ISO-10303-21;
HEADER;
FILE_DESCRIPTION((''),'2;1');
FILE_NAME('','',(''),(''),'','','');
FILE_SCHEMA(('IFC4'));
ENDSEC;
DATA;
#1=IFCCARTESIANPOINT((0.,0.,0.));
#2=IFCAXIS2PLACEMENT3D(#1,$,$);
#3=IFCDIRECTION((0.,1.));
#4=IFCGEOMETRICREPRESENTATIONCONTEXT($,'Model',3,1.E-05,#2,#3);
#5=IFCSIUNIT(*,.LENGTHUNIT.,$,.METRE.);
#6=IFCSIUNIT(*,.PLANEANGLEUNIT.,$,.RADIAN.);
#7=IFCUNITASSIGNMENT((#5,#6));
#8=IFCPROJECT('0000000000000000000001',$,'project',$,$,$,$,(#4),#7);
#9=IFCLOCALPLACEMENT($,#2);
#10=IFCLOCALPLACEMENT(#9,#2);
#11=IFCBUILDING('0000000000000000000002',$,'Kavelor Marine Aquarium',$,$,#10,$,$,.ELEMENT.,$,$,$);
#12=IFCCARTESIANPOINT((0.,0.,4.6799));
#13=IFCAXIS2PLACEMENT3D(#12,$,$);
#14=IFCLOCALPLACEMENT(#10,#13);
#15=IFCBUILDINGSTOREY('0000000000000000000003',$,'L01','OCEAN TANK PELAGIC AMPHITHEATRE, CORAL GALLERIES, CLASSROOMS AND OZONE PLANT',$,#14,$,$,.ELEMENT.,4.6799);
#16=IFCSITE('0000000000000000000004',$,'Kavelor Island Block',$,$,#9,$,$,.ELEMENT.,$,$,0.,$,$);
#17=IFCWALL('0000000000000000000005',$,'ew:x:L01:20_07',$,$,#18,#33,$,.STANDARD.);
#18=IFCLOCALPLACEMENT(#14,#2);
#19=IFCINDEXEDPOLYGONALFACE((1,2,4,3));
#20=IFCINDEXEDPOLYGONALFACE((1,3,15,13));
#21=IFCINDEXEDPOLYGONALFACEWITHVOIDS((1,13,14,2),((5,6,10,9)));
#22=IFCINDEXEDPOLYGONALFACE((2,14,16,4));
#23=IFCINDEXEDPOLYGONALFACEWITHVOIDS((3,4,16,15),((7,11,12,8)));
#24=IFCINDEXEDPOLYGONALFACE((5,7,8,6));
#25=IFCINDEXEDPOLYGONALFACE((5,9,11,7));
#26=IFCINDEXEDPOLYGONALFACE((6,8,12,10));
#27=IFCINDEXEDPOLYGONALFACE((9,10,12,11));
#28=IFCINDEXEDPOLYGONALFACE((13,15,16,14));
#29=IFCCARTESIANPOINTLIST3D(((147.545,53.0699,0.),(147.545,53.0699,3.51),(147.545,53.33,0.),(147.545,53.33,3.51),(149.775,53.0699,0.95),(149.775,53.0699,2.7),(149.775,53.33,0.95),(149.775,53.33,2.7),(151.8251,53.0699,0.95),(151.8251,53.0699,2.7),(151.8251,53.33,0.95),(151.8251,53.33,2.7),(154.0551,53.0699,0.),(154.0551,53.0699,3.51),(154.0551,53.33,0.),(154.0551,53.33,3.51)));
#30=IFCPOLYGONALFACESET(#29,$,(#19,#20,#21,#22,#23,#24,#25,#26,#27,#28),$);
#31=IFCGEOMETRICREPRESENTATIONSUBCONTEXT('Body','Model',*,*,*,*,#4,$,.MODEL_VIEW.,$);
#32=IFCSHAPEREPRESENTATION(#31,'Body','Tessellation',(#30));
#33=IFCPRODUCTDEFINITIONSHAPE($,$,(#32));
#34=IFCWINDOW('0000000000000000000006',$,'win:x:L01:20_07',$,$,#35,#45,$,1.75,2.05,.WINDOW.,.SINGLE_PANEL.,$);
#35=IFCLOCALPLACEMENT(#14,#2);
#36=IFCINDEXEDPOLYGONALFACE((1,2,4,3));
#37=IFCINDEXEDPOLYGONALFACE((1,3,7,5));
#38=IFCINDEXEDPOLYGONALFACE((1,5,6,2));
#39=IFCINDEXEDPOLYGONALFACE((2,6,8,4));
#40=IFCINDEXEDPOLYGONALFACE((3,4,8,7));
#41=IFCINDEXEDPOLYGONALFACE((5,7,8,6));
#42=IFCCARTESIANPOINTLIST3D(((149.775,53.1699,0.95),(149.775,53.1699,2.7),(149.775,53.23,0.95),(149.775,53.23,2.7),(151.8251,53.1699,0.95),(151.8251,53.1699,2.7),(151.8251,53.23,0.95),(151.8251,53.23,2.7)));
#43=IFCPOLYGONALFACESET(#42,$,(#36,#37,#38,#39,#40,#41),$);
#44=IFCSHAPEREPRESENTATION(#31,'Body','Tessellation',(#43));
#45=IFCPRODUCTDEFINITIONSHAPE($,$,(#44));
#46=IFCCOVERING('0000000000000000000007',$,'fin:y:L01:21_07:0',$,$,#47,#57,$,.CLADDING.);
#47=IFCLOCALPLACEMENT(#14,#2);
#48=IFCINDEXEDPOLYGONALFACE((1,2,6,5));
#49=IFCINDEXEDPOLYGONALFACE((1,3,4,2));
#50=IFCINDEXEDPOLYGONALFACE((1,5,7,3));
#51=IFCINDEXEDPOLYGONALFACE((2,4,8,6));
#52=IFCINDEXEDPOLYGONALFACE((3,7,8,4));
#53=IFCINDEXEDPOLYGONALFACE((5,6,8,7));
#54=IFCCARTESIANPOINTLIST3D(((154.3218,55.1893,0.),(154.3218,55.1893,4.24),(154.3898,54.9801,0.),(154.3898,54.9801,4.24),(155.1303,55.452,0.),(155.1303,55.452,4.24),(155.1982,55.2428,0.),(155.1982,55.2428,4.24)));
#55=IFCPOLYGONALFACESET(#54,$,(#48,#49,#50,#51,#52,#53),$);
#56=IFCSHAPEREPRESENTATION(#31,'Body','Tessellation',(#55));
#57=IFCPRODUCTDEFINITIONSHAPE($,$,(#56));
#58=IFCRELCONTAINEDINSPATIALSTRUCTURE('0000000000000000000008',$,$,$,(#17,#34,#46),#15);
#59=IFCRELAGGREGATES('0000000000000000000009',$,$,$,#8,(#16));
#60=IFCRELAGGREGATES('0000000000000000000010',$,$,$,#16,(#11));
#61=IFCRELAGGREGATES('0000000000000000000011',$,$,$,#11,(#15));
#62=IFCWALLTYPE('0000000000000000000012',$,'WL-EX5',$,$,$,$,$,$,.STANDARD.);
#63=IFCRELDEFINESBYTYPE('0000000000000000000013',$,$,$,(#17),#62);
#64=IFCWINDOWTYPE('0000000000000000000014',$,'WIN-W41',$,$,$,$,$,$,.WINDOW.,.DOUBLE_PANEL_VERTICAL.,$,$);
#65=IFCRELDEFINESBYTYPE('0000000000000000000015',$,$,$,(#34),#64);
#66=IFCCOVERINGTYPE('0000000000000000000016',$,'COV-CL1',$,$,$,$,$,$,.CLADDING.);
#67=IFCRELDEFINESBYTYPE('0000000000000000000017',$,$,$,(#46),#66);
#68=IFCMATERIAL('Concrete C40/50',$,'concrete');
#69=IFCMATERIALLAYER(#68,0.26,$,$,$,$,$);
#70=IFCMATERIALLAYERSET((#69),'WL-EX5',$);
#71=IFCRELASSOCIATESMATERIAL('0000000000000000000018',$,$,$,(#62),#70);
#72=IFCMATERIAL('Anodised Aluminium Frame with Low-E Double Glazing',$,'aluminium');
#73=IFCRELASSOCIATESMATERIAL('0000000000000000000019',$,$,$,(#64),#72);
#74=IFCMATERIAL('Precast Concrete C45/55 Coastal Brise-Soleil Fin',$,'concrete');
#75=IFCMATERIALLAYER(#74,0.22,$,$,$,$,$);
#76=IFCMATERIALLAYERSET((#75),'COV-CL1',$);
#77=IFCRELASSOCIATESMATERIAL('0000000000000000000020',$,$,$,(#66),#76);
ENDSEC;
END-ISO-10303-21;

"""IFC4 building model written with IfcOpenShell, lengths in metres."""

from ifc_helpers import new_model, si_unit, direction, frame, frame_2d, origin, origin_2d, place, context, subcontext, project, spatial, rectangle, extrude, material, layer, layer_set, type_object, element, fill, save


model = new_model("IFC4")

# Units and contexts
model_context = context("Model", 3, precision=1e-05, world=origin(), true_north=direction((0.0, 1.0)))
body_context = subcontext(model_context, "Body", "Model", "MODEL_VIEW")
ifc_project = project(units=[si_unit("LENGTHUNIT", "METRE"), si_unit("PLANEANGLEUNIT", "RADIAN")], contexts=[model_context])

# Site, building, storey
site_placement = place(None, origin())
site = spatial("IfcSite", under=ifc_project, at=site_placement, Name="Kavelor Island Block", CompositionType="ELEMENT", RefElevation=0.0)
building_placement = place(site_placement, origin())
building = spatial("IfcBuilding", under=site, at=building_placement, Name="Kavelor Marine Aquarium", CompositionType="ELEMENT")
storey_placement = place(building_placement, frame((0.0, 0.0, 4.6799)))
storey = spatial("IfcBuildingStorey", under=building, at=storey_placement, Name="L01", Description="OCEAN TANK PELAGIC AMPHITHEATRE, CORAL GALLERIES, CLASSROOMS AND OZONE PLANT", CompositionType="ELEMENT", Elevation=4.6799)

# Wall, opening, window
ifc_material_1 = material(Name="Concrete C40/50", Category="concrete")
ifc_layer_1 = layer(ifc_material_1, 0.26)
ifc_layer_set_1 = layer_set([ifc_layer_1], Name="WL-EX5")
wall_type = type_object("IfcWallType", Name="WL-EX5", PredefinedType="STANDARD", material=ifc_layer_set_1)
wall_placement = place(storey_placement, frame((154.0549, 53.2, 0.0), z_axis=(0.0, 0.0, 1.0), x_axis=(-1.0, 0.0, 0.0)))
wall = element("IfcWall", 1, at=wall_placement, inside=storey, type_object=wall_type, Name="ew:x:L01:20_07", PredefinedType="STANDARD", context=body_context, shape_type="SweptSolid", body=[
    extrude(rectangle(XDim=6.51, YDim=0.26, at=frame_2d((3.2549, 0.0))), origin(), (0.0, 0.0, 1.0), 3.51),
])
opening_placement = place(wall_placement, frame((2.23, 0.0, 0.95)))
opening = element("IfcOpeningElement", 2, at=opening_placement, cuts=wall, PredefinedType="OPENING", context=body_context, shape_type="SweptSolid", body=[
    extrude(rectangle(XDim=2.05, YDim=1.75, at=frame_2d((1.0249, 0.875))), frame((0.0, 0.1399, 0.0), z_axis=(0.0, -1.0, 0.0), x_axis=(1.0, 0.0, 0.0)), (0.0, 0.0, 1.0), 0.28),
])
ifc_material_2 = material(Name="Anodised Aluminium Frame with Low-E Double Glazing", Category="aluminium")
window_type = type_object("IfcWindowType", Name="WIN-W41", PartitioningType="DOUBLE_PANEL_VERTICAL", PredefinedType="WINDOW", material=ifc_material_2)
window_placement = place(opening_placement, origin())
window = element("IfcWindow", 3, at=window_placement, inside=storey, type_object=window_type, Name="win:x:L01:20_07", OverallHeight=1.75, OverallWidth=2.05, PartitioningType="SINGLE_PANEL", PredefinedType="WINDOW", context=body_context, shape_type="SweptSolid", body=[
    extrude(rectangle(XDim=2.05, YDim=1.75, at=frame_2d((1.0249, 0.875))), frame((0.0, 0.03, 0.0), z_axis=(0.0, -1.0, 0.0), x_axis=(1.0, 0.0, 0.0)), (0.0, 0.0, 1.0), 0.0601),
])
fill(opening, window)

# Covering
ifc_material_3 = material(Name="Precast Concrete C45/55 Coastal Brise-Soleil Fin", Category="concrete")
ifc_layer_2 = layer(ifc_material_3, 0.22)
ifc_layer_set_2 = layer_set([ifc_layer_2], Name="COV-CL1")
covering_type = type_object("IfcCoveringType", Name="COV-CL1", PredefinedType="CLADDING", material=ifc_layer_set_2)
covering_placement = place(storey_placement, frame((154.76, 55.2161, 0.0), z_axis=(0.0, 0.0, 1.0), x_axis=(0.951057, 0.309017, 0.0)))
element("IfcCovering", 4, at=covering_placement, inside=storey, type_object=covering_type, Name="fin:y:L01:21_07:0", PredefinedType="CLADDING", context=body_context, shape_type="SweptSolid", body=[
    extrude(rectangle(XDim=0.8501, YDim=0.22, at=origin_2d()), origin(), (0.0, 0.0, 1.0), 4.24),
])

save(model, "model.ifc")
